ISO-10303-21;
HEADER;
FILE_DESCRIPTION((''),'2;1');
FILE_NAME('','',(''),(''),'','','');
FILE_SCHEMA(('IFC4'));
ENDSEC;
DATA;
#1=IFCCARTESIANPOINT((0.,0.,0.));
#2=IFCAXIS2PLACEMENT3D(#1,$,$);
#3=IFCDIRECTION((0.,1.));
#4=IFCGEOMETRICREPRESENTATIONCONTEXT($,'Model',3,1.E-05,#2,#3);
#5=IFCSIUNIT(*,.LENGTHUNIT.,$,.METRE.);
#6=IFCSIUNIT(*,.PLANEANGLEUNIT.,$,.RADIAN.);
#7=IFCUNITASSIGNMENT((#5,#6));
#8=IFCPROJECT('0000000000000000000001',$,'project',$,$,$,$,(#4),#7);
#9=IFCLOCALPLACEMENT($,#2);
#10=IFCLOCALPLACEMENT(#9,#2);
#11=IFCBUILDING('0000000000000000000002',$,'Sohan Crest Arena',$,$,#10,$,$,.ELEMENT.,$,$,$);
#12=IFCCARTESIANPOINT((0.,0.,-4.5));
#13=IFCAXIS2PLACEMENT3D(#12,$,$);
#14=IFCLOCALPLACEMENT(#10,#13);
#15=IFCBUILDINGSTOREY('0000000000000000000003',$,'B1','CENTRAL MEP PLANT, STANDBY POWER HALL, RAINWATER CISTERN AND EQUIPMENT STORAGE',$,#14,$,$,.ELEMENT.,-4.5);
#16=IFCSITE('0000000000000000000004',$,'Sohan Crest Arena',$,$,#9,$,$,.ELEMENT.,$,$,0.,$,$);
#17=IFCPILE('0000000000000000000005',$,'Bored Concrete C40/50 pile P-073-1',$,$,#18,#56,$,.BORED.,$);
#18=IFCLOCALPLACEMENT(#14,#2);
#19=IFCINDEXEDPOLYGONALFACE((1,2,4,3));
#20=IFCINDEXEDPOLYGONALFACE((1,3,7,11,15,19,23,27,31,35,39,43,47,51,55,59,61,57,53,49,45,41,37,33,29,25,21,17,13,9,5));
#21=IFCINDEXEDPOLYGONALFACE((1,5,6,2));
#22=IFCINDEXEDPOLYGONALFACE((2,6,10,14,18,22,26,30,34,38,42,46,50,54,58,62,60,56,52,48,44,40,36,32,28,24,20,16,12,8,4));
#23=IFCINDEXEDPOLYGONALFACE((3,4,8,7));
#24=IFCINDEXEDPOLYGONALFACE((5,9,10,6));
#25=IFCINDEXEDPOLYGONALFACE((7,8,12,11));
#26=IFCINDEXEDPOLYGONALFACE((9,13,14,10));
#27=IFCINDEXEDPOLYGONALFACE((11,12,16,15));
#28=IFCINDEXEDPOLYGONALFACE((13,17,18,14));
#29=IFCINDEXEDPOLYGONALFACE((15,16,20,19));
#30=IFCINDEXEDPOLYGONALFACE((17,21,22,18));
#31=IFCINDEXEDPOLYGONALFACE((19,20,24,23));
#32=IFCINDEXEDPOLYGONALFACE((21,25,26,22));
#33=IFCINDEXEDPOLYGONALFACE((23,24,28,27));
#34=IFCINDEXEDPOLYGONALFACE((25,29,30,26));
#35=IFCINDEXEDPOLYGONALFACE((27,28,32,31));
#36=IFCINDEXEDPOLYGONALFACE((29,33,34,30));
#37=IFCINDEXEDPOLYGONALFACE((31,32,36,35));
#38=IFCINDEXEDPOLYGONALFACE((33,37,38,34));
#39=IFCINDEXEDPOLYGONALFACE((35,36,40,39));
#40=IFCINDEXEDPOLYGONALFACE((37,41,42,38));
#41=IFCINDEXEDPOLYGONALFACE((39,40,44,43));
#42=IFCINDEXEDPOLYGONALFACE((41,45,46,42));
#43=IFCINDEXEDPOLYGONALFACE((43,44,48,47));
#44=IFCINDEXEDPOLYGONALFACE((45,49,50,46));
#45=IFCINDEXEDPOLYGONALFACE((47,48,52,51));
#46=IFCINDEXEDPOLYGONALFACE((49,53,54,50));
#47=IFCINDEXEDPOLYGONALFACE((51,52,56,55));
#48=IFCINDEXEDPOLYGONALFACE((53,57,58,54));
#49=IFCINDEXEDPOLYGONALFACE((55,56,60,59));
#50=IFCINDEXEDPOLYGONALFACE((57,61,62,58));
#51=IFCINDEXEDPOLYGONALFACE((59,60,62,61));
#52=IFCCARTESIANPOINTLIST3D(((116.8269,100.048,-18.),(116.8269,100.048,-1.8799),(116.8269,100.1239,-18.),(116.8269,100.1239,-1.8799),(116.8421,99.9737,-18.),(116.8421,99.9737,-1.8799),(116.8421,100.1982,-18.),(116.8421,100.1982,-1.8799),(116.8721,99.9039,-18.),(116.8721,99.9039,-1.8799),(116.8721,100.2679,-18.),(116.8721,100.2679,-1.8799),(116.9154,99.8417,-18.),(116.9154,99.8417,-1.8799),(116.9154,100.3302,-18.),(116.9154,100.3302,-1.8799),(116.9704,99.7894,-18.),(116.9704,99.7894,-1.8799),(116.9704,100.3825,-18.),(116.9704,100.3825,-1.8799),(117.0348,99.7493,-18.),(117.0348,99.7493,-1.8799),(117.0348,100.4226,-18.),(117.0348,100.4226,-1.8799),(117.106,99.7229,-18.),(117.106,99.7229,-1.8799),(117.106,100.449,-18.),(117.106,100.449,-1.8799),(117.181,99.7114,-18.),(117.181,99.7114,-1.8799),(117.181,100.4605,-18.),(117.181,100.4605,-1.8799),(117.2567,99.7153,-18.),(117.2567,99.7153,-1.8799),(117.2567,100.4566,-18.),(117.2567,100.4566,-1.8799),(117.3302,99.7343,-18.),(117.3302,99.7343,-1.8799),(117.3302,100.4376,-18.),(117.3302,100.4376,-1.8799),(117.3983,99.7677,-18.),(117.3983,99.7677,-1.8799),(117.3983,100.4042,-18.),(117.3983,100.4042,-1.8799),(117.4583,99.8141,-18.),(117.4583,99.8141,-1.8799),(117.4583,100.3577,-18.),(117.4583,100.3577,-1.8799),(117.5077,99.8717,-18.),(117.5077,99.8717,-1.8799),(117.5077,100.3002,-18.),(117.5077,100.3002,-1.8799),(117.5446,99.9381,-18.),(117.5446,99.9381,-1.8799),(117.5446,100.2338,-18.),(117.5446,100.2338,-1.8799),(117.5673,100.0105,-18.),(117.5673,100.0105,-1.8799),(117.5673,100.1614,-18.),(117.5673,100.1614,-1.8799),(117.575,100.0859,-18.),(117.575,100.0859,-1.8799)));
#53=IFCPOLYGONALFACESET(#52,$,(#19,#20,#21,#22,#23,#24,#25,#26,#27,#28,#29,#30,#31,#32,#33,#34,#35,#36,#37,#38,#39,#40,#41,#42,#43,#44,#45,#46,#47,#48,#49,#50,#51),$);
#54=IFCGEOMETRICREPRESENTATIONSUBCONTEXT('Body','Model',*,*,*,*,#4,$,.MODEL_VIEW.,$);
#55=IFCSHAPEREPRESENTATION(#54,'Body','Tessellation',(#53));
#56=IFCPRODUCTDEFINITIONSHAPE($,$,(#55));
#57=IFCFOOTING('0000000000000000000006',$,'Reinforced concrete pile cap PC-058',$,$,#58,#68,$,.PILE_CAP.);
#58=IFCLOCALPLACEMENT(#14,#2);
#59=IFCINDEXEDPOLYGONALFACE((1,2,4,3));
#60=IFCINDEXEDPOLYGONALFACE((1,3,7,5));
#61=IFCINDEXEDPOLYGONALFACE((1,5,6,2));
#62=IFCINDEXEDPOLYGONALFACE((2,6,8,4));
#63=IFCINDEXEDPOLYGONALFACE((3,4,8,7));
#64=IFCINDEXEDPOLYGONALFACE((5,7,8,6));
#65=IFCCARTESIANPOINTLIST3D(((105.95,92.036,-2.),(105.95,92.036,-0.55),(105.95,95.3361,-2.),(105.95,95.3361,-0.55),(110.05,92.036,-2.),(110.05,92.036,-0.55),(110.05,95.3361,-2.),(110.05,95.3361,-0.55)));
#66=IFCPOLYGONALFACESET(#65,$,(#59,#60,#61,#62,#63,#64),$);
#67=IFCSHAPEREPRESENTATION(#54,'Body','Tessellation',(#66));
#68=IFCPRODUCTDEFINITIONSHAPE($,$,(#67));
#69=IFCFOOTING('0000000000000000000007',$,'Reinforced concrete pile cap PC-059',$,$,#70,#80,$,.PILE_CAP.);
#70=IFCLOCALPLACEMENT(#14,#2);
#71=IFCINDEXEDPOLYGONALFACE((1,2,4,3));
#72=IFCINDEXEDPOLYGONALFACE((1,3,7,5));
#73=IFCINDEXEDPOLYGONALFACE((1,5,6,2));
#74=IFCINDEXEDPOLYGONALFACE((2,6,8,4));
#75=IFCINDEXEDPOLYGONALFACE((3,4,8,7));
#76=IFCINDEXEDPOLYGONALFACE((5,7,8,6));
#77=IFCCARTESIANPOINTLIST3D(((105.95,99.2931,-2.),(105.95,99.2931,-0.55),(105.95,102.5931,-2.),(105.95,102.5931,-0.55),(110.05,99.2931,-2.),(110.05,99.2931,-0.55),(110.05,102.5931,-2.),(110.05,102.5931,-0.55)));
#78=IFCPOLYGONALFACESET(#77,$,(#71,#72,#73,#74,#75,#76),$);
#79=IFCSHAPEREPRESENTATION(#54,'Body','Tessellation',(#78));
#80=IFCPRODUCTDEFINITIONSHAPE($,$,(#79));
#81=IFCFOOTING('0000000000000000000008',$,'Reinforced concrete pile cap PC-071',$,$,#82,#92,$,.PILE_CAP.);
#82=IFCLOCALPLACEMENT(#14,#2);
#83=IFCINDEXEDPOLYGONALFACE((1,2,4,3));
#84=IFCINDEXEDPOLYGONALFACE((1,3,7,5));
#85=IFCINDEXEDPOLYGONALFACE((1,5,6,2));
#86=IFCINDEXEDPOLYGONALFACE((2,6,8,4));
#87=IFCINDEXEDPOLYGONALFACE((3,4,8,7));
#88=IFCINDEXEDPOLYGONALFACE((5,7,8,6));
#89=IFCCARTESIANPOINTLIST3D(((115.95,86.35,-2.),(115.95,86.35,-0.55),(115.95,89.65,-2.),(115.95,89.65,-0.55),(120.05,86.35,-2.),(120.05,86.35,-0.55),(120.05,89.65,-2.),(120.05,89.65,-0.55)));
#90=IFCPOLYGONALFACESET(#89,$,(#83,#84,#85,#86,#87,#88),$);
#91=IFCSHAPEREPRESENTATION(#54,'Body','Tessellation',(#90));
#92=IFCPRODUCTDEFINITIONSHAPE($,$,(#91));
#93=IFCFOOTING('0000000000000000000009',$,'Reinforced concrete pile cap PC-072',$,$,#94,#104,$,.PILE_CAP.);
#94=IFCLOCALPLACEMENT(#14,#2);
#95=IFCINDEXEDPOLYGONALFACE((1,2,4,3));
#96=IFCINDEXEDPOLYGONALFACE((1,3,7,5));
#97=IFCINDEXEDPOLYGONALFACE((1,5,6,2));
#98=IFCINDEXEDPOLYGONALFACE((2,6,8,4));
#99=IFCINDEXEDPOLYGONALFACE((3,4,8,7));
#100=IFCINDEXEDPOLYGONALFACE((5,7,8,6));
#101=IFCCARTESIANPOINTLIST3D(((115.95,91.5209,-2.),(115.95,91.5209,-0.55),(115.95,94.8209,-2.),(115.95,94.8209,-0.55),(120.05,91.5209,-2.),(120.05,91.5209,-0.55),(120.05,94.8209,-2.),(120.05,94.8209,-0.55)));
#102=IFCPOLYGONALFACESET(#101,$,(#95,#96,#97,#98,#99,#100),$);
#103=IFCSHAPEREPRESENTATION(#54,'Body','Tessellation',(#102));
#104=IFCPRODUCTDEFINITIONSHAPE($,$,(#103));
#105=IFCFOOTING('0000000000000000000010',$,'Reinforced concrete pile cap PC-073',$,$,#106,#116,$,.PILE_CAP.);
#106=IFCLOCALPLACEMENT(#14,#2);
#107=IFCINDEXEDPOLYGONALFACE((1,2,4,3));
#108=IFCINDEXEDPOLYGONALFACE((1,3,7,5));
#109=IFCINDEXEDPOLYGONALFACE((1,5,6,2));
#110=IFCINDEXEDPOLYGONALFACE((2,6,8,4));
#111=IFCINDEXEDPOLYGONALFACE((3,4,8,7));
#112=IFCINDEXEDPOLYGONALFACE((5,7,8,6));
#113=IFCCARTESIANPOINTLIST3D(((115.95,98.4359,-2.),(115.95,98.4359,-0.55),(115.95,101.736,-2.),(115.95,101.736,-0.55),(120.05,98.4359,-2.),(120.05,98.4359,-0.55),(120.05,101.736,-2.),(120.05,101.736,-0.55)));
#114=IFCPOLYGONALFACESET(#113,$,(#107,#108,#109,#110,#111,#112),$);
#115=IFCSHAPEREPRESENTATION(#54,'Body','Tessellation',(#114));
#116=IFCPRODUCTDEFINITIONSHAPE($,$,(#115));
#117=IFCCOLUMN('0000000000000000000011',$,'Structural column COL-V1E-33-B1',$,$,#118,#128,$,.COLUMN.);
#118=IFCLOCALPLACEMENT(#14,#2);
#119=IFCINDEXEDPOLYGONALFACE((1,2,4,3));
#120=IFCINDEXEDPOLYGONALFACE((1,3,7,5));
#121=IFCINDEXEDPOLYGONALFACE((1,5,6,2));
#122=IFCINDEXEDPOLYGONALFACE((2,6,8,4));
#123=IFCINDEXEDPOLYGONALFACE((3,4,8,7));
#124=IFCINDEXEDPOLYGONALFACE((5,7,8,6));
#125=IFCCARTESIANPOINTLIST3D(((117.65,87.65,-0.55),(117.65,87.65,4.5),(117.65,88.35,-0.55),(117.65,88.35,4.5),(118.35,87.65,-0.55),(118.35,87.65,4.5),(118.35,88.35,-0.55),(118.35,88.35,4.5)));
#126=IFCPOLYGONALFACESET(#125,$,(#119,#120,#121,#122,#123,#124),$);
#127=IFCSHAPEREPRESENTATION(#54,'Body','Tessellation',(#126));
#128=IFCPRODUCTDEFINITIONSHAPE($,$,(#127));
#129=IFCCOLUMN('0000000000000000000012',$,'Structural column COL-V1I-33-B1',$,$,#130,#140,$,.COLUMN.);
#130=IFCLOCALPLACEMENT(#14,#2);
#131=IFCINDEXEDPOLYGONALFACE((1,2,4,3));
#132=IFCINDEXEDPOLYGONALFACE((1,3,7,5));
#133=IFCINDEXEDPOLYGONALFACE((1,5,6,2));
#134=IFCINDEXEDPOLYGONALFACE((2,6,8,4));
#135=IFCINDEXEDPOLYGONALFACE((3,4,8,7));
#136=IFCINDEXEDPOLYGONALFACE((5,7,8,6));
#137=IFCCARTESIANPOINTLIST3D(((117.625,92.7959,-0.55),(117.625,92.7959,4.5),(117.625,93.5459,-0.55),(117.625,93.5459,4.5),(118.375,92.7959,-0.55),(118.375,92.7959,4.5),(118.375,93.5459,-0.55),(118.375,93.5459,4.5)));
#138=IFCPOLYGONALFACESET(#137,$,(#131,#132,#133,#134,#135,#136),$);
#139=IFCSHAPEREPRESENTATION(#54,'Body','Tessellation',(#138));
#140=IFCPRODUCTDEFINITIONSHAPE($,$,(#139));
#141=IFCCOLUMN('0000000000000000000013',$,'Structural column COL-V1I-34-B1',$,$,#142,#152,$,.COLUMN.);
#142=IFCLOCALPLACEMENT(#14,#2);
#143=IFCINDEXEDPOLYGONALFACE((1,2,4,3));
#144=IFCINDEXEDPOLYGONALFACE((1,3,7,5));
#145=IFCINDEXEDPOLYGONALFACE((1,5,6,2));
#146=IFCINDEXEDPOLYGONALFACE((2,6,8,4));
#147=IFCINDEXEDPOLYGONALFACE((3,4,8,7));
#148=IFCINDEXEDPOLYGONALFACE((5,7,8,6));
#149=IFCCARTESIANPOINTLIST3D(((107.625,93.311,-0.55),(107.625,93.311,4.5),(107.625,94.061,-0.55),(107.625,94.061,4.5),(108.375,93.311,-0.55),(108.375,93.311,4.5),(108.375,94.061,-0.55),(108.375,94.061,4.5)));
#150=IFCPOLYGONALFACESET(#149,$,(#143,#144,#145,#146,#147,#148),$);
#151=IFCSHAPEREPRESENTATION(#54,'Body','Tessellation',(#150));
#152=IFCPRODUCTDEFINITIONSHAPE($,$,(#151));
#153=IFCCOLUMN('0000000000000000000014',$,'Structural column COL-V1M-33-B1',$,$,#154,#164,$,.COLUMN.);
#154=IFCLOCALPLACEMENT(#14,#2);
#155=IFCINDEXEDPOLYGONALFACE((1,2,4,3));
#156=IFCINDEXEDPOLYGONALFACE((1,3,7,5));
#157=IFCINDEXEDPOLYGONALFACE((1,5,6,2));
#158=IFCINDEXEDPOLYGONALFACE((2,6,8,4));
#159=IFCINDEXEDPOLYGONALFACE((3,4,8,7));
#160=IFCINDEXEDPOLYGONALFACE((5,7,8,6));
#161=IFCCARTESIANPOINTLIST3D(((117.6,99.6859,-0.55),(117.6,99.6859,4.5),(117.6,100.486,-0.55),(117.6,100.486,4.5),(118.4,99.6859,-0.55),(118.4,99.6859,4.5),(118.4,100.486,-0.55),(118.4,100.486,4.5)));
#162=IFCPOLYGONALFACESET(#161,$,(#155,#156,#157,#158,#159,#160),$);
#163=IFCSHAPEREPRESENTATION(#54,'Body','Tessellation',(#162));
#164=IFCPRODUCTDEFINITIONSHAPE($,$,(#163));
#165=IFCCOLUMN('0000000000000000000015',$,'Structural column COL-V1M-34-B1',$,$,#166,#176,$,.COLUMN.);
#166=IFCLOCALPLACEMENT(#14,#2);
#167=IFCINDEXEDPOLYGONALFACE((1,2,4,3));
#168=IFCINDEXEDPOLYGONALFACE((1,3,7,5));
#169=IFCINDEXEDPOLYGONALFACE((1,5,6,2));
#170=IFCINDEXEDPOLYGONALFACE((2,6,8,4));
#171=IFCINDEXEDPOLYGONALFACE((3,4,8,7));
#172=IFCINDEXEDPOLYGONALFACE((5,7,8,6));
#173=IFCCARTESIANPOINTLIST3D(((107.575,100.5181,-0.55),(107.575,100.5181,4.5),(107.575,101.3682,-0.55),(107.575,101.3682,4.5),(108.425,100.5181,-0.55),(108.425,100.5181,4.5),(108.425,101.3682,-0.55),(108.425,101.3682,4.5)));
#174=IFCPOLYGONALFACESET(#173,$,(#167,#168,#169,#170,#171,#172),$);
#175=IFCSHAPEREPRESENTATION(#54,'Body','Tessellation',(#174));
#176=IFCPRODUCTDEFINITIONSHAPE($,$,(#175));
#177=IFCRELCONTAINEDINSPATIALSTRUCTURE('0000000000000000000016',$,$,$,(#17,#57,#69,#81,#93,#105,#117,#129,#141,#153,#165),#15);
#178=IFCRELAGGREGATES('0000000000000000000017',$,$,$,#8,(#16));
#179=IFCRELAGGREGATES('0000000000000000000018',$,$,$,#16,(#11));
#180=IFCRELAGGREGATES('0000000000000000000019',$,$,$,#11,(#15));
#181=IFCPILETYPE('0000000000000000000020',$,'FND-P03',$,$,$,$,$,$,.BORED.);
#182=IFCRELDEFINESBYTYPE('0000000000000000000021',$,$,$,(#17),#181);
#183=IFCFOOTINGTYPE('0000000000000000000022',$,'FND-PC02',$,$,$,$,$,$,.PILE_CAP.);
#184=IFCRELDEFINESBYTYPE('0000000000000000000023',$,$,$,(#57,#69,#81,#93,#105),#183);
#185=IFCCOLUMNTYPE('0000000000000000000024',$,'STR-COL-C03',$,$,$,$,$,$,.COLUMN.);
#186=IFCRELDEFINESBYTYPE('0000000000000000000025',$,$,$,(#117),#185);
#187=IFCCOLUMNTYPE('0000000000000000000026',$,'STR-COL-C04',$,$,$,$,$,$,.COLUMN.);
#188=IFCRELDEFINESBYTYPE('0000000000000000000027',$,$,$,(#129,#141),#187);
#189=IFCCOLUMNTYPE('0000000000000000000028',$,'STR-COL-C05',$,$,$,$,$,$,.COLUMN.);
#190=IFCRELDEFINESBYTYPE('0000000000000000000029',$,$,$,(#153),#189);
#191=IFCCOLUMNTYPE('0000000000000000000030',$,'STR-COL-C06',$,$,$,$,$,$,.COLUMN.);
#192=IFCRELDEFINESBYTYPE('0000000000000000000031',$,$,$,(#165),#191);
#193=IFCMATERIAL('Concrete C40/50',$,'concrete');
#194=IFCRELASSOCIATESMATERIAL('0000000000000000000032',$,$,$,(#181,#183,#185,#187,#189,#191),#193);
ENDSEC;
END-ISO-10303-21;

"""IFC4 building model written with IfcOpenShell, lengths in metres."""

from ifc_helpers import new_model, si_unit, direction, frame, origin, origin_2d, place, context, subcontext, project, spatial, rectangle, circle, extrude, material, material_profile, profile_set, type_object, element, save


model = new_model("IFC4")

# Units and contexts
model_context = context("Model", 3, precision=1e-05, world=origin(), true_north=direction((0.0, 1.0)))
body_context = subcontext(model_context, "Body", "Model", "MODEL_VIEW")
ifc_project = project(units=[si_unit("LENGTHUNIT", "METRE"), si_unit("PLANEANGLEUNIT", "RADIAN")], contexts=[model_context])

# Site, building, storey
site_placement = place(None, origin())
site = spatial("IfcSite", under=ifc_project, at=site_placement, Name="Sohan Crest Arena", CompositionType="ELEMENT", RefElevation=0.0)
building_placement = place(site_placement, origin())
building = spatial("IfcBuilding", under=site, at=building_placement, Name="Sohan Crest Arena", CompositionType="ELEMENT")
storey_placement = place(building_placement, frame((0.0, 0.0, -4.5)))
storey = spatial("IfcBuildingStorey", under=building, at=storey_placement, Name="B1", Description="CENTRAL MEP PLANT, STANDBY POWER HALL, RAINWATER CISTERN AND EQUIPMENT STORAGE", CompositionType="ELEMENT", Elevation=-4.5)

# Shared definitions
ifc_material = material(Name="Concrete C40/50", Category="concrete")

# Pile
ifc_material_profile_1 = material_profile(ifc_material, circle(Radius=0.375, at=origin_2d()), Name="PILE D750")
ifc_profile_set_1 = profile_set([ifc_material_profile_1], Name="Concrete C40/50")
pile_type = type_object("IfcPileType", Name="FND-P03", PredefinedType="BORED", material=ifc_profile_set_1)
for number, where, z_axis, x_axis, name in (
    (1, (117.2, 100.0859, -18.0), (0.0, 0.0, 1.0), (1.0, 0.0, 0.0), "Bored Concrete C40/50 pile P-073-1"),
):
    element("IfcPile", number, at=place(storey_placement, frame(where, z_axis=z_axis, x_axis=x_axis)), inside=storey, type_object=pile_type, Name=name, PredefinedType="BORED", context=body_context, shape_type="SweptSolid", body=[
        extrude(circle(Radius=0.375, at=origin_2d()), origin(), (0.0, 0.0, 1.0), 16.1201),
    ])

# Footings
footing_type_1 = type_object("IfcFootingType", Name="FND-PC02", PredefinedType="PILE_CAP", material=ifc_material)
for number, where, z_axis, x_axis, name in (
    (2, (108.0, 93.686, -2.0), (0.0, 0.0, 1.0), (1.0, 0.0, 0.0), "Reinforced concrete pile cap PC-058"),
    (3, (108.0, 100.9431, -2.0), (0.0, 0.0, 1.0), (1.0, 0.0, 0.0), "Reinforced concrete pile cap PC-059"),
    (4, (118.0, 88.0, -2.0), (0.0, 0.0, 1.0), (1.0, 0.0, 0.0), "Reinforced concrete pile cap PC-071"),
    (5, (118.0, 93.1709, -2.0), (0.0, 0.0, 1.0), (1.0, 0.0, 0.0), "Reinforced concrete pile cap PC-072"),
    (6, (118.0, 100.0859, -2.0), (0.0, 0.0, 1.0), (1.0, 0.0, 0.0), "Reinforced concrete pile cap PC-073"),
):
    element("IfcFooting", number, at=place(storey_placement, frame(where, z_axis=z_axis, x_axis=x_axis)), inside=storey, type_object=footing_type_1, Name=name, PredefinedType="PILE_CAP", context=body_context, shape_type="SweptSolid", body=[
        extrude(rectangle(XDim=4.1001, YDim=3.3, at=origin_2d()), origin(), (0.0, 0.0, 1.0), 1.45),
    ])

# Columns
ifc_material_profile_2 = material_profile(ifc_material, rectangle(XDim=0.7, YDim=0.7, at=origin_2d()), Name="RC 700x700")
ifc_profile_set_2 = profile_set([ifc_material_profile_2], Name="Concrete C40/50")
column_type_1 = type_object("IfcColumnType", Name="STR-COL-C03", PredefinedType="COLUMN", material=ifc_profile_set_2)
column_1_placement = place(storey_placement, frame((118.0, 88.0, -0.55), z_axis=(0.0, 0.0, 1.0), x_axis=(1.0, 0.0, 0.0)))
element("IfcColumn", 7, at=column_1_placement, inside=storey, type_object=column_type_1, Name="Structural column COL-V1E-33-B1", PredefinedType="COLUMN", context=body_context, shape_type="SweptSolid", body=[
    extrude(rectangle(XDim=0.7, YDim=0.7, at=origin_2d()), origin(), (0.0, 0.0, 1.0), 5.05),
])
ifc_material_profile_3 = material_profile(ifc_material, rectangle(XDim=0.75, YDim=0.75, at=origin_2d()), Name="RC 750x750")
ifc_profile_set_3 = profile_set([ifc_material_profile_3], Name="Concrete C40/50")
column_type_2 = type_object("IfcColumnType", Name="STR-COL-C04", PredefinedType="COLUMN", material=ifc_profile_set_3)
for number, where, z_axis, x_axis, name in (
    (8, (118.0, 93.1709, -0.55), (0.0, 0.0, 1.0), (1.0, 0.0, 0.0), "Structural column COL-V1I-33-B1"),
    (9, (108.0, 93.686, -0.55), (0.0, 0.0, 1.0), (1.0, 0.0, 0.0), "Structural column COL-V1I-34-B1"),
):
    element("IfcColumn", number, at=place(storey_placement, frame(where, z_axis=z_axis, x_axis=x_axis)), inside=storey, type_object=column_type_2, Name=name, PredefinedType="COLUMN", context=body_context, shape_type="SweptSolid", body=[
        extrude(rectangle(XDim=0.75, YDim=0.75, at=origin_2d()), origin(), (0.0, 0.0, 1.0), 5.05),
    ])
ifc_material_profile_4 = material_profile(ifc_material, rectangle(XDim=0.8, YDim=0.8, at=origin_2d()), Name="RC 800x800")
ifc_profile_set_4 = profile_set([ifc_material_profile_4], Name="Concrete C40/50")
column_type_3 = type_object("IfcColumnType", Name="STR-COL-C05", PredefinedType="COLUMN", material=ifc_profile_set_4)
column_2_placement = place(storey_placement, frame((118.0, 100.0859, -0.55), z_axis=(0.0, 0.0, 1.0), x_axis=(1.0, 0.0, 0.0)))
element("IfcColumn", 10, at=column_2_placement, inside=storey, type_object=column_type_3, Name="Structural column COL-V1M-33-B1", PredefinedType="COLUMN", context=body_context, shape_type="SweptSolid", body=[
    extrude(rectangle(XDim=0.8, YDim=0.8, at=origin_2d()), origin(), (0.0, 0.0, 1.0), 5.05),
])
ifc_material_profile_5 = material_profile(ifc_material, rectangle(XDim=0.8501, YDim=0.8501, at=origin_2d()), Name="RC 850x850")
ifc_profile_set_5 = profile_set([ifc_material_profile_5], Name="Concrete C40/50")
column_type_4 = type_object("IfcColumnType", Name="STR-COL-C06", PredefinedType="COLUMN", material=ifc_profile_set_5)
column_3_placement = place(storey_placement, frame((108.0, 100.9431, -0.55), z_axis=(0.0, 0.0, 1.0), x_axis=(1.0, 0.0, 0.0)))
element("IfcColumn", 11, at=column_3_placement, inside=storey, type_object=column_type_4, Name="Structural column COL-V1M-34-B1", PredefinedType="COLUMN", context=body_context, shape_type="SweptSolid", body=[
    extrude(rectangle(XDim=0.8501, YDim=0.8501, at=origin_2d()), origin(), (0.0, 0.0, 1.0), 5.05),
])

save(model, "model.ifc")
